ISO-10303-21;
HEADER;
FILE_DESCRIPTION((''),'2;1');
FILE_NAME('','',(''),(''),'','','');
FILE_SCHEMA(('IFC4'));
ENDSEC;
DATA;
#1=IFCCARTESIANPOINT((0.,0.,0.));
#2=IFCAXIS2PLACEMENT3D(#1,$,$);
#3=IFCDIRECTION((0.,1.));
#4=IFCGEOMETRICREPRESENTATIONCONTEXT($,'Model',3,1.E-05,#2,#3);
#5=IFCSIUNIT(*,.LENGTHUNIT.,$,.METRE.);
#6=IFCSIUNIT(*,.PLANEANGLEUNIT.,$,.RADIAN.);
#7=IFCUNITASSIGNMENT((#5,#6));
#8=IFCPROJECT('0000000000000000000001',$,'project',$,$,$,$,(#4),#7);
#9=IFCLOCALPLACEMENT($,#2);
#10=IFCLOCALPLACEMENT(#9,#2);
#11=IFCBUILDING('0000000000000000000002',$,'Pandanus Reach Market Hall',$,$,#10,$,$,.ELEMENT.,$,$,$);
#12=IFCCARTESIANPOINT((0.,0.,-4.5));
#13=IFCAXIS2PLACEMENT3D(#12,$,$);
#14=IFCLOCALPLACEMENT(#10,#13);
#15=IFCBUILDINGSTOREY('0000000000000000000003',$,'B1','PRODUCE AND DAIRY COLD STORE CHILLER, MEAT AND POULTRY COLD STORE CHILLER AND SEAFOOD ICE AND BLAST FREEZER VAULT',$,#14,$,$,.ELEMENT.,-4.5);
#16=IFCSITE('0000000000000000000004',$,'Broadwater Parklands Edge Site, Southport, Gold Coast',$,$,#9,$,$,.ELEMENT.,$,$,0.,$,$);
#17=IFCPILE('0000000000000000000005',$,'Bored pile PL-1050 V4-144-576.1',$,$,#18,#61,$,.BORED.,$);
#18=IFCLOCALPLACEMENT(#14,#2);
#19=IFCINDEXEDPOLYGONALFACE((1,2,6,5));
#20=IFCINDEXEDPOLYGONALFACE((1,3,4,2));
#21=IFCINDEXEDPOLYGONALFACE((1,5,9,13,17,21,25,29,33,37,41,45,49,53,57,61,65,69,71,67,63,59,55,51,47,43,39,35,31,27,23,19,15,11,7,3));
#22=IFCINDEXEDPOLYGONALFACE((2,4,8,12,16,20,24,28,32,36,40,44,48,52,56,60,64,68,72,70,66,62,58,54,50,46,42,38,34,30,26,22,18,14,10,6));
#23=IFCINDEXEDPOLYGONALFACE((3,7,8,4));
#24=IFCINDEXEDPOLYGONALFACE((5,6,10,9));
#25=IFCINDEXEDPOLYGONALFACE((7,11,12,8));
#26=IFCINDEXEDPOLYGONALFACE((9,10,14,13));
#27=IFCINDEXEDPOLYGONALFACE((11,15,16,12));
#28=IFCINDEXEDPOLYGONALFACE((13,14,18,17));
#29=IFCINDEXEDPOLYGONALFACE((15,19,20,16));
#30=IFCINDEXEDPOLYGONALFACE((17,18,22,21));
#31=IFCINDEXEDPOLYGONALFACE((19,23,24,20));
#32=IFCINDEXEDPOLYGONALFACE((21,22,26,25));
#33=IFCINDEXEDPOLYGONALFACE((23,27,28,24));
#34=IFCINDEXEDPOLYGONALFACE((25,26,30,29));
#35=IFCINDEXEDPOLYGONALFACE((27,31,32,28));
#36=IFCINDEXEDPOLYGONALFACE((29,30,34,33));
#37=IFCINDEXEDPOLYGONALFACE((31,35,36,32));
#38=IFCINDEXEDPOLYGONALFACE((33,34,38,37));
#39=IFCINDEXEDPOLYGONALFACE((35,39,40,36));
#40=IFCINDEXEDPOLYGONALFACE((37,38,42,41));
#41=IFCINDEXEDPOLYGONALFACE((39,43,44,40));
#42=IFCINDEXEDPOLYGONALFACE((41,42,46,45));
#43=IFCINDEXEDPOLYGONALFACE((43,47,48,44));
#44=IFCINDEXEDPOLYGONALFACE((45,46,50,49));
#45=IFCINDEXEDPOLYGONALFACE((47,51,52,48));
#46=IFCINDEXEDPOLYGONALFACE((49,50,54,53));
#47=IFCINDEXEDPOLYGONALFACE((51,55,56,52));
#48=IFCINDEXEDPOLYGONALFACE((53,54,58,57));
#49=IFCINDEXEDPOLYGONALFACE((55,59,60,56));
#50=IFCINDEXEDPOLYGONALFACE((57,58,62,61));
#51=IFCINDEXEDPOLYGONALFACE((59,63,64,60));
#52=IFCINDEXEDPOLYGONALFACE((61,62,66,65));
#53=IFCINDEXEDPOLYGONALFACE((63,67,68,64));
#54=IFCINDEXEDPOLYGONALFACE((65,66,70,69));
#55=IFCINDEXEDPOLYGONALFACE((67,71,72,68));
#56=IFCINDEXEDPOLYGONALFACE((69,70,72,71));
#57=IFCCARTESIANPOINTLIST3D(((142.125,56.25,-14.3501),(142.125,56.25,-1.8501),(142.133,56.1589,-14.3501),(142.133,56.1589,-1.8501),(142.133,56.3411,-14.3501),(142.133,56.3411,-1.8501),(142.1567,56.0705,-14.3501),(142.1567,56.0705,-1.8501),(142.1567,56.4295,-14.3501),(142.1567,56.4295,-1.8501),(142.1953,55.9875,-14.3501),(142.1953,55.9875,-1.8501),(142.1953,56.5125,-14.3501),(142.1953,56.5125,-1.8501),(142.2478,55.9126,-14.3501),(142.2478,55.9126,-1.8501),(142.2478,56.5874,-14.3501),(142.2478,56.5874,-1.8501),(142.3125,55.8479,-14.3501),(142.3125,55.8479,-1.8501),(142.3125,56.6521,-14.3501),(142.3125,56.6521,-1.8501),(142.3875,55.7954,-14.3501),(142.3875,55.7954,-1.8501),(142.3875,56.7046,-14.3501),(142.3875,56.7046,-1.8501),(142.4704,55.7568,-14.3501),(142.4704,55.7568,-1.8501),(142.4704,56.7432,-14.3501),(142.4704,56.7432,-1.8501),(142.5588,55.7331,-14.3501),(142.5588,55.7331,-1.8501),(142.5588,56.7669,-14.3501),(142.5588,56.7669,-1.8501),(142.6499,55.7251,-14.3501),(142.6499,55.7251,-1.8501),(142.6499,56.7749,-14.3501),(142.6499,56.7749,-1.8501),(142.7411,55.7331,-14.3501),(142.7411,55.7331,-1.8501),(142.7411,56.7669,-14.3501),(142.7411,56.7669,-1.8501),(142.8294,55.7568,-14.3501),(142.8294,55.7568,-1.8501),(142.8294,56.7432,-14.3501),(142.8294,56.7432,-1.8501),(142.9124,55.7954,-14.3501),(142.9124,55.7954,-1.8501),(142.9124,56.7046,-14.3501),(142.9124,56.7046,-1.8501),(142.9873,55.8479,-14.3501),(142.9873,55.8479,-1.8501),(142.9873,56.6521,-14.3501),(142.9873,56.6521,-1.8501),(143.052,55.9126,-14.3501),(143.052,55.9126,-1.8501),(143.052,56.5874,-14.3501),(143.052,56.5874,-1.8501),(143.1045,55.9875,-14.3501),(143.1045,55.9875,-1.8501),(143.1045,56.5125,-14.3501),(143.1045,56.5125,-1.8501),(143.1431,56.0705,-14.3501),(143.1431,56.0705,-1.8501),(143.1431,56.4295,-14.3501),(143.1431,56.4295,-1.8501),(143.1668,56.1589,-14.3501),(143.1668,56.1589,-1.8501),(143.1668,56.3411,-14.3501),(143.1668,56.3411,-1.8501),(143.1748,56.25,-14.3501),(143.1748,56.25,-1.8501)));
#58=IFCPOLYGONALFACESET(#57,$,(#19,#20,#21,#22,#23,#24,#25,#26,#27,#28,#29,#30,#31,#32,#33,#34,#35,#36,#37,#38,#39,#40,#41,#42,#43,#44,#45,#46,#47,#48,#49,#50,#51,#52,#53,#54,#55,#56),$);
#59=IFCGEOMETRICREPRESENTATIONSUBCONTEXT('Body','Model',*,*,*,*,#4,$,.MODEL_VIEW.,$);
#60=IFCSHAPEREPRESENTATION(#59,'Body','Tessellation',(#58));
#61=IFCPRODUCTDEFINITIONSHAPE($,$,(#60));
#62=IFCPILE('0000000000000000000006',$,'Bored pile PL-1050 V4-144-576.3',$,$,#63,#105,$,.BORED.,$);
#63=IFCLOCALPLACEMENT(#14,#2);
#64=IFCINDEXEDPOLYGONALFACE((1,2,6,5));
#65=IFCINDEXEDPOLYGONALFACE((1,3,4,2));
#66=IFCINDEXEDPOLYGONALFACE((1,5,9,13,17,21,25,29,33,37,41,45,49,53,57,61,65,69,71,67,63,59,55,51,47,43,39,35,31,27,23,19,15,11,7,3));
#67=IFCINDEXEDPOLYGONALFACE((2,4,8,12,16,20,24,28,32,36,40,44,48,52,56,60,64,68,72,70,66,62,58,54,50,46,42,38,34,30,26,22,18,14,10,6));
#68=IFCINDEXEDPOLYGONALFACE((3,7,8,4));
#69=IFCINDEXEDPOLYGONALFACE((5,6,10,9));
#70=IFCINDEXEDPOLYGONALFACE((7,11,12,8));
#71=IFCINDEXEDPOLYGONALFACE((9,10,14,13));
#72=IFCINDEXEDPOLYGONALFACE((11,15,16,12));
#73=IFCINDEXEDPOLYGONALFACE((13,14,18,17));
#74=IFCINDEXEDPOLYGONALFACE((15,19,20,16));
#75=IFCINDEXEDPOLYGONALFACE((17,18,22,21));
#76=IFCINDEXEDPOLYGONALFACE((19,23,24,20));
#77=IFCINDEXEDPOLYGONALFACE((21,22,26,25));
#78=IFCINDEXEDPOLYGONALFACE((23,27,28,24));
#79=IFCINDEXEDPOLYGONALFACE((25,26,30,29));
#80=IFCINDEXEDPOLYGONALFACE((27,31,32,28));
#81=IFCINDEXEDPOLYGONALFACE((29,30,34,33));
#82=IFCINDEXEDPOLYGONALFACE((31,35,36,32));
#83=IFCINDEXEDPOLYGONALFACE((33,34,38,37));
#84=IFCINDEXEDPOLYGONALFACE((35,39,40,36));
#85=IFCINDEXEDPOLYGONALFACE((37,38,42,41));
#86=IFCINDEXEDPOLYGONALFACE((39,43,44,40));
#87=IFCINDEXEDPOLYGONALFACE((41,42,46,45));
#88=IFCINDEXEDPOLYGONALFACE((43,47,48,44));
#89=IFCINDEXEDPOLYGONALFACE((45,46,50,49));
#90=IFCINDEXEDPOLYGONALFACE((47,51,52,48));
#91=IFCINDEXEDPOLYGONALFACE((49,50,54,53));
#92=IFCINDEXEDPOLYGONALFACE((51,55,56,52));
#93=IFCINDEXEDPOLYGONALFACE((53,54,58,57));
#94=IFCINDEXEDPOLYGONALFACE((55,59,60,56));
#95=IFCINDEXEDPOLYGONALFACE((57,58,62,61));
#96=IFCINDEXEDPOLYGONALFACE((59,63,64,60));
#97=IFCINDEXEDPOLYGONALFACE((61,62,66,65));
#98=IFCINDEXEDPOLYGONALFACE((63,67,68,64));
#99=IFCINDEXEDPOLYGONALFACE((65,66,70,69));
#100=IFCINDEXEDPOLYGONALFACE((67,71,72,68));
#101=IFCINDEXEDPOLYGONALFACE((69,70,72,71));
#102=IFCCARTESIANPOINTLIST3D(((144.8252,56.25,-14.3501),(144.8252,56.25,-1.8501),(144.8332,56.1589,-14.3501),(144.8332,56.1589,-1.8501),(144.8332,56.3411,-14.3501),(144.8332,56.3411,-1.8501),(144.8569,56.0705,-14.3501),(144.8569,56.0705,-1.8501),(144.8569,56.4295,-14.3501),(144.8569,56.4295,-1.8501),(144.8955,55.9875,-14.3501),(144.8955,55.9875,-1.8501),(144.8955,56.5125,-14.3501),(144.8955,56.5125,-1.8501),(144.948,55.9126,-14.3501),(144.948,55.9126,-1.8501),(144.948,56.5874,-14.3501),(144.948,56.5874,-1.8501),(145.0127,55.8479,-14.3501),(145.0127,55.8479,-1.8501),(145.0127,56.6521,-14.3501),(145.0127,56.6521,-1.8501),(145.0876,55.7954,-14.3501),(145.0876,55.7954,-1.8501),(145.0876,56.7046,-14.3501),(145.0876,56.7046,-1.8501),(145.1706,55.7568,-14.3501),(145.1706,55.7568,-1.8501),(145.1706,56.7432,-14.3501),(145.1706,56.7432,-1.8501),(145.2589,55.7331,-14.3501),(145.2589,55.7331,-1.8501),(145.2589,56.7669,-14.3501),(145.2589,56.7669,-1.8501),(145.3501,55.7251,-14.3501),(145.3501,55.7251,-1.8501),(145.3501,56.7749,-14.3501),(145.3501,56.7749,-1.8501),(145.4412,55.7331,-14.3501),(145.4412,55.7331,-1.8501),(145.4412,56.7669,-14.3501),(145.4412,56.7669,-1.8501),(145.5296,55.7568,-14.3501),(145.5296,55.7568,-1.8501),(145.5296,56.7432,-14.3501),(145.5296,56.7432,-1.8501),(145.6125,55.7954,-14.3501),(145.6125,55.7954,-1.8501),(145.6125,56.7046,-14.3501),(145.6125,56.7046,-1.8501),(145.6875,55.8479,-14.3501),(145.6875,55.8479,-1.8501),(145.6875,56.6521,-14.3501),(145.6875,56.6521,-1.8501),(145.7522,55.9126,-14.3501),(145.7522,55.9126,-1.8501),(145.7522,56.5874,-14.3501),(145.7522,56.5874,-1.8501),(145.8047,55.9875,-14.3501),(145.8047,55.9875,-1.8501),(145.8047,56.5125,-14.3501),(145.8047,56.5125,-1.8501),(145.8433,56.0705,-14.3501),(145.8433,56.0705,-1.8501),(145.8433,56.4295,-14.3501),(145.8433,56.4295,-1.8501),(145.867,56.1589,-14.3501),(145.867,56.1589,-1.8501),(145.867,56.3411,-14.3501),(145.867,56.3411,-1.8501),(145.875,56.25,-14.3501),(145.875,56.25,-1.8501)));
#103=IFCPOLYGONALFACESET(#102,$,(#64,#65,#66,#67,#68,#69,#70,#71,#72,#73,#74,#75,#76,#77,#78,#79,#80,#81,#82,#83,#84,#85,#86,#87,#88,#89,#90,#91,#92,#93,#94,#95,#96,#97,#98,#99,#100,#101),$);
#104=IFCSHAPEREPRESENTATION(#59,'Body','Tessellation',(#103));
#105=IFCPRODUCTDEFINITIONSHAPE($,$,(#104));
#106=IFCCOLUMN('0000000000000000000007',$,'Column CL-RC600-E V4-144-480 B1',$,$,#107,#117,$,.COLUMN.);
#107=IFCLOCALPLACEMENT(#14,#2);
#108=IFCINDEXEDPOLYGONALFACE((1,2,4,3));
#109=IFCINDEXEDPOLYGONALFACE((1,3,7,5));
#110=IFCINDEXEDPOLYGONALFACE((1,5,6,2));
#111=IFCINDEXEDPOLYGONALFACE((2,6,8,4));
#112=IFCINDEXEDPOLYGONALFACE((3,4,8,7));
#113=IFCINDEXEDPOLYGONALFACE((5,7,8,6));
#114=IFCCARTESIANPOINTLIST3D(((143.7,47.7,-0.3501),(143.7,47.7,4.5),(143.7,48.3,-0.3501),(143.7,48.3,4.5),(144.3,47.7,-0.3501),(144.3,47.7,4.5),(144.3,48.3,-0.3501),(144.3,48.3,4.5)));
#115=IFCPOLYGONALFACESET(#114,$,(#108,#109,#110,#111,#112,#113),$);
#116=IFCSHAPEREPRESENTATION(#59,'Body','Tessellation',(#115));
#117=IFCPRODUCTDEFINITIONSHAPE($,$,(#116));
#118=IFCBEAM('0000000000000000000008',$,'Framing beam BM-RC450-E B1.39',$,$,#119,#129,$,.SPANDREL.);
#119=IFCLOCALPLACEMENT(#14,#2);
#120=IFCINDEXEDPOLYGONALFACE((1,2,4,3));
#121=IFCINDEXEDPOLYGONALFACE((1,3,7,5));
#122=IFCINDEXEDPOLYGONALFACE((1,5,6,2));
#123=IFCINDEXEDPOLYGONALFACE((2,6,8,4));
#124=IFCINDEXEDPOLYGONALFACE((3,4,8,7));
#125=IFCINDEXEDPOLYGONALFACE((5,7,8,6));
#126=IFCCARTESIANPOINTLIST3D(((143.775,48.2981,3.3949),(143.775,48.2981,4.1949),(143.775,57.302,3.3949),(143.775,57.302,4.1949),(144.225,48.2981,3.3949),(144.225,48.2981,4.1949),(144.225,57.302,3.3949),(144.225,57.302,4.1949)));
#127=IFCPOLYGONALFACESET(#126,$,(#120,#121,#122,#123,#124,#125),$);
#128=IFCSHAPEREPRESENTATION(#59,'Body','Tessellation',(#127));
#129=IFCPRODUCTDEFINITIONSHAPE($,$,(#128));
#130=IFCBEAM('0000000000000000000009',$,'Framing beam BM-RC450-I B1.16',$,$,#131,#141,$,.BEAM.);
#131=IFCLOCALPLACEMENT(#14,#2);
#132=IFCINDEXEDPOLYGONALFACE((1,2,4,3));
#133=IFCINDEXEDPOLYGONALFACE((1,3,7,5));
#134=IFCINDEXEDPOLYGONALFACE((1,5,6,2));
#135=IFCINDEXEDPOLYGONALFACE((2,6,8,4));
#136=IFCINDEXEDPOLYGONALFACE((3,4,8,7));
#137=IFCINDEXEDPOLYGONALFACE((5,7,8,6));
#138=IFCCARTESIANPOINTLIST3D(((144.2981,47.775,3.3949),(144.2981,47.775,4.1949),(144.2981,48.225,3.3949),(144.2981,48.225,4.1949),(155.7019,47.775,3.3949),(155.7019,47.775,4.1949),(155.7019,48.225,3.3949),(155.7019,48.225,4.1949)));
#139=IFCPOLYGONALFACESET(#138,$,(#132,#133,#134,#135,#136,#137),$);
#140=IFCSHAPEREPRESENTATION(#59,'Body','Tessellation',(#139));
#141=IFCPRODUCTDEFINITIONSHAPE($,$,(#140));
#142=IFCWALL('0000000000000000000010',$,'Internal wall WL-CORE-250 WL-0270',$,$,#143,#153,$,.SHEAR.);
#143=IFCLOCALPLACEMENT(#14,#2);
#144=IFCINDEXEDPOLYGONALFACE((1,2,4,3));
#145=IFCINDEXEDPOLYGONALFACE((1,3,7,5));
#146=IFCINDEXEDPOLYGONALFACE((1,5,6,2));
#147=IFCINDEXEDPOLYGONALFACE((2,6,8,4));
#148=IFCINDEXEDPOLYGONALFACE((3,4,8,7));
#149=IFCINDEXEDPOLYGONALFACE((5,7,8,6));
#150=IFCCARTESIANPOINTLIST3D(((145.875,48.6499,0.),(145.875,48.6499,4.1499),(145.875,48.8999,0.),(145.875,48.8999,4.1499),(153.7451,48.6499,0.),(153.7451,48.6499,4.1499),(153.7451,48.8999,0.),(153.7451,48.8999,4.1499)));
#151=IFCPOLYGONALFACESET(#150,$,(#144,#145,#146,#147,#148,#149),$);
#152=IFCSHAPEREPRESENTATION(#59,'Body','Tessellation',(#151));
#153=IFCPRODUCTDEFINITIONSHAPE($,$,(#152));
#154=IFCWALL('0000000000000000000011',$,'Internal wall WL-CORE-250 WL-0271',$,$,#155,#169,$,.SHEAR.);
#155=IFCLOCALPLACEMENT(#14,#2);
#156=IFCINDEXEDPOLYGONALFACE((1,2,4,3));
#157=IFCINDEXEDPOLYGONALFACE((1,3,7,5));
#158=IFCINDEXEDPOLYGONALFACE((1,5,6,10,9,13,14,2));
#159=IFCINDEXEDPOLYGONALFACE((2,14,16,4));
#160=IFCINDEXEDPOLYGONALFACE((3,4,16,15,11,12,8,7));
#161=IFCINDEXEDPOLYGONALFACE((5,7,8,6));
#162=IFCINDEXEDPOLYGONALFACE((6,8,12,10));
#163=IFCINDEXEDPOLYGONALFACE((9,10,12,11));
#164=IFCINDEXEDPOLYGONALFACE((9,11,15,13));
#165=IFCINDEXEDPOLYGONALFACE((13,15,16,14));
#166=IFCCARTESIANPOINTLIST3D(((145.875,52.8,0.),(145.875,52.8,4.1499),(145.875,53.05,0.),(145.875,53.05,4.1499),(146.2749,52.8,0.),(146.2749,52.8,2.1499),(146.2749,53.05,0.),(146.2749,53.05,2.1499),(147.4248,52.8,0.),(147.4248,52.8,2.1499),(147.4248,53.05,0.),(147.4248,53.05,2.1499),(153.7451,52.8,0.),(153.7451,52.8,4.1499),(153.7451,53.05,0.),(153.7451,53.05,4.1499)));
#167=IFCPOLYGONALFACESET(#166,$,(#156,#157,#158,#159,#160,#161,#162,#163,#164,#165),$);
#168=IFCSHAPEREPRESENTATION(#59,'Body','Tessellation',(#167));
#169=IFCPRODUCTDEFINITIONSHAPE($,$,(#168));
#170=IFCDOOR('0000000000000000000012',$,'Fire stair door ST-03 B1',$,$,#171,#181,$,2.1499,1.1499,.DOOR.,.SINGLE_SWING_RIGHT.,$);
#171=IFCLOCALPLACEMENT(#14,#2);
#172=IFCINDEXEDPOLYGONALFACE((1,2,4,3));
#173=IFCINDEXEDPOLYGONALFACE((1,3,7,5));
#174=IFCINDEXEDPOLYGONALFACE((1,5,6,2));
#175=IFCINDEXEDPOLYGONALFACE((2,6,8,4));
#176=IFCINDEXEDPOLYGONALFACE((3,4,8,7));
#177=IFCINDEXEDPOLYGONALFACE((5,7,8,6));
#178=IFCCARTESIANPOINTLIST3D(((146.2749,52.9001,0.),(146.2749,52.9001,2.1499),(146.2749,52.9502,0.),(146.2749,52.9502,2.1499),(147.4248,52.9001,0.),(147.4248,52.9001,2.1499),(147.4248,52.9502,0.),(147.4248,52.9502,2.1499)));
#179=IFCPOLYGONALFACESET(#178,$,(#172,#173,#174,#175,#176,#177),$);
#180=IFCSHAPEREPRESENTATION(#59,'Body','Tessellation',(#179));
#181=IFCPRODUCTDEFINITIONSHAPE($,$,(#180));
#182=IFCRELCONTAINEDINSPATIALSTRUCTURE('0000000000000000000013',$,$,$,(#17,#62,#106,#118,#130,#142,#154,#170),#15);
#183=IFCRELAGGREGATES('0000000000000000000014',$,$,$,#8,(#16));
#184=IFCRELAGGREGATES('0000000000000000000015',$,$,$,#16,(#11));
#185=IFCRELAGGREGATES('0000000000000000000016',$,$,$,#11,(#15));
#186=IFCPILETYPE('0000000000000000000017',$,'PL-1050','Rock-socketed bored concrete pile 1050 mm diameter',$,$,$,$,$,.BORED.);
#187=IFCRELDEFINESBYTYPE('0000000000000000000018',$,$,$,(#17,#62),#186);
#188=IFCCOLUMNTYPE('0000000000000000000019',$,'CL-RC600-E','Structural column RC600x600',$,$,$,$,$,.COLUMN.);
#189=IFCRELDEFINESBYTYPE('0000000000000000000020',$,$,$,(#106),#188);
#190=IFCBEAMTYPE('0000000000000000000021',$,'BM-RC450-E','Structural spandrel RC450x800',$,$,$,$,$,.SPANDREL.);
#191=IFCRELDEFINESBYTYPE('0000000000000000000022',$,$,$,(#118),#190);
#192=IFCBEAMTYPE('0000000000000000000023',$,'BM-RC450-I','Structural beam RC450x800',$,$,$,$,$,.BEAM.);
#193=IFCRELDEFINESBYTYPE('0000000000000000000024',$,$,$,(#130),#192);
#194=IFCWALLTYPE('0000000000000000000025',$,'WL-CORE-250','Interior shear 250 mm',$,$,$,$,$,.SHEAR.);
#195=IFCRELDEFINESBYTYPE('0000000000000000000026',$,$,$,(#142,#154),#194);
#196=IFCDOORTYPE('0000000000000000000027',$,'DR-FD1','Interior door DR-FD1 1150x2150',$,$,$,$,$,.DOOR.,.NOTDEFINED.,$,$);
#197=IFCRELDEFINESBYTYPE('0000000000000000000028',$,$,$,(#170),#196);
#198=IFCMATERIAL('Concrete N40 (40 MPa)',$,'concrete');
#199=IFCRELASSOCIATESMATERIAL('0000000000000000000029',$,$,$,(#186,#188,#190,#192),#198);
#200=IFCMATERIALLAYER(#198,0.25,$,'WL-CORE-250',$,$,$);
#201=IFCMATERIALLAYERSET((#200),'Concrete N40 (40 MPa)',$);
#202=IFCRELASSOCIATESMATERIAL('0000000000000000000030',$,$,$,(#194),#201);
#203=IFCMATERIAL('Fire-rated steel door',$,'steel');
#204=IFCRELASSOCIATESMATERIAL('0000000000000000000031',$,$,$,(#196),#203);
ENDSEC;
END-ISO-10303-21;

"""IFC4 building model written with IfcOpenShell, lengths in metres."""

from ifc_helpers import new_model, si_unit, direction, frame, frame_2d, origin, origin_2d, place, context, subcontext, project, spatial, rectangle, circle, extrude, material, layer, layer_set, material_profile, profile_set, type_object, element, fill, save


model = new_model("IFC4")

# Units and contexts
model_context = context("Model", 3, precision=1e-05, world=origin(), true_north=direction((0.0, 1.0)))
body_context = subcontext(model_context, "Body", "Model", "MODEL_VIEW")
ifc_project = project(units=[si_unit("LENGTHUNIT", "METRE"), si_unit("PLANEANGLEUNIT", "RADIAN")], contexts=[model_context])

# Site, building, storey
site_placement = place(None, origin())
site = spatial("IfcSite", under=ifc_project, at=site_placement, Name="Broadwater Parklands Edge Site, Southport, Gold Coast", CompositionType="ELEMENT", RefElevation=0.0)
building_placement = place(site_placement, origin())
building = spatial("IfcBuilding", under=site, at=building_placement, Name="Pandanus Reach Market Hall", CompositionType="ELEMENT")
storey_placement = place(building_placement, frame((0.0, 0.0, -4.5)))
storey = spatial("IfcBuildingStorey", under=building, at=storey_placement, Name="B1", Description="PRODUCE AND DAIRY COLD STORE CHILLER, MEAT AND POULTRY COLD STORE CHILLER AND SEAFOOD ICE AND BLAST FREEZER VAULT", CompositionType="ELEMENT", Elevation=-4.5)

# Shared definitions
ifc_material_1 = material(Name="Concrete N40 (40 MPa)", Category="concrete")

# Piles
ifc_material_profile_1 = material_profile(ifc_material_1, circle(Radius=0.5249, at=origin_2d()), Name="PILE-1050D", Category="LoadBearing")
ifc_profile_set_1 = profile_set([ifc_material_profile_1], Name="Concrete N40 (40 MPa)")
pile_type = type_object("IfcPileType", Name="PL-1050", Description="Rock-socketed bored concrete pile 1050 mm diameter", PredefinedType="BORED", material=ifc_profile_set_1)
for number, where, z_axis, x_axis, name in (
    (1, (142.6499, 56.25, -1.8501), (0.0, 0.0, -1.0), (1.0, 0.0, 0.0), "Bored pile PL-1050 V4-144-576.1"),
    (2, (145.3501, 56.25, -1.8501), (0.0, 0.0, -1.0), (1.0, 0.0, 0.0), "Bored pile PL-1050 V4-144-576.3"),
):
    element("IfcPile", number, at=place(storey_placement, frame(where, z_axis=z_axis, x_axis=x_axis)), inside=storey, type_object=pile_type, Name=name, PredefinedType="BORED", context=body_context, shape_type="SweptSolid", body=[
        extrude(circle(Radius=0.5249, at=origin_2d()), origin(), (0.0, 0.0, 1.0), 12.5),
    ])

# Column
ifc_material_profile_2 = material_profile(ifc_material_1, rectangle(XDim=0.6001, YDim=0.6001, at=origin_2d()), Name="RC600x600", Category="LoadBearing")
ifc_profile_set_2 = profile_set([ifc_material_profile_2], Name="Concrete N40 (40 MPa)")
column_type = type_object("IfcColumnType", Name="CL-RC600-E", Description="Structural column RC600x600", PredefinedType="COLUMN", material=ifc_profile_set_2)
column_placement = place(storey_placement, frame((144.0, 48.0, -0.3501), z_axis=(0.0, 0.0, 1.0), x_axis=(1.0, 0.0, 0.0)))
element("IfcColumn", 3, at=column_placement, inside=storey, type_object=column_type, Name="Column CL-RC600-E V4-144-480 B1", PredefinedType="COLUMN", context=body_context, shape_type="SweptSolid", body=[
    extrude(rectangle(XDim=0.6001, YDim=0.6001, at=origin_2d()), origin(), (0.0, 0.0, 1.0), 4.8501),
])

# Beams
ifc_material_profile_3 = material_profile(ifc_material_1, rectangle(XDim=0.45, YDim=0.8, at=origin_2d()), Name="RC450x800", Category="LoadBearing")
ifc_profile_set_3 = profile_set([ifc_material_profile_3], Name="Concrete N40 (40 MPa)")
beam_type_1 = type_object("IfcBeamType", Name="BM-RC450-E", Description="Structural spandrel RC450x800", PredefinedType="SPANDREL", material=ifc_profile_set_3)
beam_1_placement = place(storey_placement, frame((144.0, 48.2981, 3.7949), z_axis=(0.0, 1.0, 0.0), x_axis=(-1.0, 0.0, 0.0)))
element("IfcBeam", 4, at=beam_1_placement, inside=storey, type_object=beam_type_1, Name="Framing beam BM-RC450-E B1.39", PredefinedType="SPANDREL", context=body_context, shape_type="SweptSolid", body=[
    extrude(rectangle(XDim=0.45, YDim=0.8, at=origin_2d()), origin(), (0.0, 0.0, 1.0), 9.0039),
])
ifc_material_profile_4 = material_profile(ifc_material_1, rectangle(XDim=0.45, YDim=0.8, at=origin_2d()), Name="RC450x800", Category="LoadBearing")
ifc_profile_set_4 = profile_set([ifc_material_profile_4], Name="Concrete N40 (40 MPa)")
beam_type_2 = type_object("IfcBeamType", Name="BM-RC450-I", Description="Structural beam RC450x800", PredefinedType="BEAM", material=ifc_profile_set_4)
beam_2_placement = place(storey_placement, frame((144.2981, 48.0, 3.7949), z_axis=(1.0, 0.0, 0.0), x_axis=(0.0, 1.0, 0.0)))
element("IfcBeam", 5, at=beam_2_placement, inside=storey, type_object=beam_type_2, Name="Framing beam BM-RC450-I B1.16", PredefinedType="BEAM", context=body_context, shape_type="SweptSolid", body=[
    extrude(rectangle(XDim=0.45, YDim=0.8, at=origin_2d()), origin(), (0.0, 0.0, 1.0), 11.4038),
])

# Wall
ifc_layer_1 = layer(ifc_material_1, 0.25, Name="WL-CORE-250")
ifc_layer_set_1 = layer_set([ifc_layer_1], Name="Concrete N40 (40 MPa)")
wall_type_1 = type_object("IfcWallType", Name="WL-CORE-250", Description="Interior shear 250 mm", PredefinedType="SHEAR", material=ifc_layer_set_1)
wall_1_placement = place(storey_placement, frame((145.875, 48.7749, 0.0), z_axis=(0.0, 0.0, 1.0), x_axis=(1.0, 0.0, 0.0)))
element("IfcWall", 6, at=wall_1_placement, inside=storey, type_object=wall_type_1, Name="Internal wall WL-CORE-250 WL-0270", PredefinedType="SHEAR", context=body_context, shape_type="SweptSolid", body=[
    extrude(rectangle(XDim=7.8701, YDim=0.25, at=frame_2d((3.9351, 0.0))), origin(), (0.0, 0.0, 1.0), 4.1499),
])

# Wall, opening, door
wall_2_placement = place(storey_placement, frame((145.875, 52.925, 0.0), z_axis=(0.0, 0.0, 1.0), x_axis=(1.0, 0.0, 0.0)))
wall_2 = element("IfcWall", 7, at=wall_2_placement, inside=storey, type_object=wall_type_1, Name="Internal wall WL-CORE-250 WL-0271", PredefinedType="SHEAR", context=body_context, shape_type="SweptSolid", body=[
    extrude(rectangle(XDim=7.8701, YDim=0.25, at=frame_2d((3.9351, 0.0))), origin(), (0.0, 0.0, 1.0), 4.1499),
])
opening_1_placement = place(wall_2_placement, frame((0.3999, 0.0, 0.0)))
opening_1 = element("IfcOpeningElement", 8, at=opening_1_placement, cuts=wall_2, PredefinedType="OPENING", context=body_context, shape_type="SweptSolid", body=[
    extrude(rectangle(XDim=1.1499, YDim=2.1499, at=frame_2d((0.575, 1.075))), frame((0.0, 0.1399, 0.0), z_axis=(0.0, -1.0, 0.0), x_axis=(1.0, 0.0, 0.0)), (0.0, 0.0, 1.0), 0.28),
])
ifc_material_2 = material(Name="Fire-rated steel door", Category="steel")
door_type_1 = type_object("IfcDoorType", Name="DR-FD1", Description="Interior door DR-FD1 1150x2150", OperationType="NOTDEFINED", PredefinedType="DOOR", material=ifc_material_2)
door_1_placement = place(opening_1_placement, frame((1.1499, 0.0, 0.0), z_axis=(0.0, 0.0, 1.0), x_axis=(-1.0, 0.0, 0.0)))
door_1 = element("IfcDoor", 9, at=door_1_placement, inside=storey, type_object=door_type_1, Name="Fire stair door ST-03 B1", OperationType="SINGLE_SWING_RIGHT", OverallHeight=2.1499, OverallWidth=1.1499, PredefinedType="DOOR", context=body_context, shape_type="SweptSolid", body=[
    extrude(rectangle(XDim=1.1499, YDim=2.1499, at=frame_2d((0.575, 1.075))), frame((0.0, 0.0249, 0.0), z_axis=(0.0, -1.0, 0.0), x_axis=(1.0, 0.0, 0.0)), (0.0, 0.0, 1.0), 0.05),
])
fill(opening_1, door_1)

save(model, "model.ifc")
